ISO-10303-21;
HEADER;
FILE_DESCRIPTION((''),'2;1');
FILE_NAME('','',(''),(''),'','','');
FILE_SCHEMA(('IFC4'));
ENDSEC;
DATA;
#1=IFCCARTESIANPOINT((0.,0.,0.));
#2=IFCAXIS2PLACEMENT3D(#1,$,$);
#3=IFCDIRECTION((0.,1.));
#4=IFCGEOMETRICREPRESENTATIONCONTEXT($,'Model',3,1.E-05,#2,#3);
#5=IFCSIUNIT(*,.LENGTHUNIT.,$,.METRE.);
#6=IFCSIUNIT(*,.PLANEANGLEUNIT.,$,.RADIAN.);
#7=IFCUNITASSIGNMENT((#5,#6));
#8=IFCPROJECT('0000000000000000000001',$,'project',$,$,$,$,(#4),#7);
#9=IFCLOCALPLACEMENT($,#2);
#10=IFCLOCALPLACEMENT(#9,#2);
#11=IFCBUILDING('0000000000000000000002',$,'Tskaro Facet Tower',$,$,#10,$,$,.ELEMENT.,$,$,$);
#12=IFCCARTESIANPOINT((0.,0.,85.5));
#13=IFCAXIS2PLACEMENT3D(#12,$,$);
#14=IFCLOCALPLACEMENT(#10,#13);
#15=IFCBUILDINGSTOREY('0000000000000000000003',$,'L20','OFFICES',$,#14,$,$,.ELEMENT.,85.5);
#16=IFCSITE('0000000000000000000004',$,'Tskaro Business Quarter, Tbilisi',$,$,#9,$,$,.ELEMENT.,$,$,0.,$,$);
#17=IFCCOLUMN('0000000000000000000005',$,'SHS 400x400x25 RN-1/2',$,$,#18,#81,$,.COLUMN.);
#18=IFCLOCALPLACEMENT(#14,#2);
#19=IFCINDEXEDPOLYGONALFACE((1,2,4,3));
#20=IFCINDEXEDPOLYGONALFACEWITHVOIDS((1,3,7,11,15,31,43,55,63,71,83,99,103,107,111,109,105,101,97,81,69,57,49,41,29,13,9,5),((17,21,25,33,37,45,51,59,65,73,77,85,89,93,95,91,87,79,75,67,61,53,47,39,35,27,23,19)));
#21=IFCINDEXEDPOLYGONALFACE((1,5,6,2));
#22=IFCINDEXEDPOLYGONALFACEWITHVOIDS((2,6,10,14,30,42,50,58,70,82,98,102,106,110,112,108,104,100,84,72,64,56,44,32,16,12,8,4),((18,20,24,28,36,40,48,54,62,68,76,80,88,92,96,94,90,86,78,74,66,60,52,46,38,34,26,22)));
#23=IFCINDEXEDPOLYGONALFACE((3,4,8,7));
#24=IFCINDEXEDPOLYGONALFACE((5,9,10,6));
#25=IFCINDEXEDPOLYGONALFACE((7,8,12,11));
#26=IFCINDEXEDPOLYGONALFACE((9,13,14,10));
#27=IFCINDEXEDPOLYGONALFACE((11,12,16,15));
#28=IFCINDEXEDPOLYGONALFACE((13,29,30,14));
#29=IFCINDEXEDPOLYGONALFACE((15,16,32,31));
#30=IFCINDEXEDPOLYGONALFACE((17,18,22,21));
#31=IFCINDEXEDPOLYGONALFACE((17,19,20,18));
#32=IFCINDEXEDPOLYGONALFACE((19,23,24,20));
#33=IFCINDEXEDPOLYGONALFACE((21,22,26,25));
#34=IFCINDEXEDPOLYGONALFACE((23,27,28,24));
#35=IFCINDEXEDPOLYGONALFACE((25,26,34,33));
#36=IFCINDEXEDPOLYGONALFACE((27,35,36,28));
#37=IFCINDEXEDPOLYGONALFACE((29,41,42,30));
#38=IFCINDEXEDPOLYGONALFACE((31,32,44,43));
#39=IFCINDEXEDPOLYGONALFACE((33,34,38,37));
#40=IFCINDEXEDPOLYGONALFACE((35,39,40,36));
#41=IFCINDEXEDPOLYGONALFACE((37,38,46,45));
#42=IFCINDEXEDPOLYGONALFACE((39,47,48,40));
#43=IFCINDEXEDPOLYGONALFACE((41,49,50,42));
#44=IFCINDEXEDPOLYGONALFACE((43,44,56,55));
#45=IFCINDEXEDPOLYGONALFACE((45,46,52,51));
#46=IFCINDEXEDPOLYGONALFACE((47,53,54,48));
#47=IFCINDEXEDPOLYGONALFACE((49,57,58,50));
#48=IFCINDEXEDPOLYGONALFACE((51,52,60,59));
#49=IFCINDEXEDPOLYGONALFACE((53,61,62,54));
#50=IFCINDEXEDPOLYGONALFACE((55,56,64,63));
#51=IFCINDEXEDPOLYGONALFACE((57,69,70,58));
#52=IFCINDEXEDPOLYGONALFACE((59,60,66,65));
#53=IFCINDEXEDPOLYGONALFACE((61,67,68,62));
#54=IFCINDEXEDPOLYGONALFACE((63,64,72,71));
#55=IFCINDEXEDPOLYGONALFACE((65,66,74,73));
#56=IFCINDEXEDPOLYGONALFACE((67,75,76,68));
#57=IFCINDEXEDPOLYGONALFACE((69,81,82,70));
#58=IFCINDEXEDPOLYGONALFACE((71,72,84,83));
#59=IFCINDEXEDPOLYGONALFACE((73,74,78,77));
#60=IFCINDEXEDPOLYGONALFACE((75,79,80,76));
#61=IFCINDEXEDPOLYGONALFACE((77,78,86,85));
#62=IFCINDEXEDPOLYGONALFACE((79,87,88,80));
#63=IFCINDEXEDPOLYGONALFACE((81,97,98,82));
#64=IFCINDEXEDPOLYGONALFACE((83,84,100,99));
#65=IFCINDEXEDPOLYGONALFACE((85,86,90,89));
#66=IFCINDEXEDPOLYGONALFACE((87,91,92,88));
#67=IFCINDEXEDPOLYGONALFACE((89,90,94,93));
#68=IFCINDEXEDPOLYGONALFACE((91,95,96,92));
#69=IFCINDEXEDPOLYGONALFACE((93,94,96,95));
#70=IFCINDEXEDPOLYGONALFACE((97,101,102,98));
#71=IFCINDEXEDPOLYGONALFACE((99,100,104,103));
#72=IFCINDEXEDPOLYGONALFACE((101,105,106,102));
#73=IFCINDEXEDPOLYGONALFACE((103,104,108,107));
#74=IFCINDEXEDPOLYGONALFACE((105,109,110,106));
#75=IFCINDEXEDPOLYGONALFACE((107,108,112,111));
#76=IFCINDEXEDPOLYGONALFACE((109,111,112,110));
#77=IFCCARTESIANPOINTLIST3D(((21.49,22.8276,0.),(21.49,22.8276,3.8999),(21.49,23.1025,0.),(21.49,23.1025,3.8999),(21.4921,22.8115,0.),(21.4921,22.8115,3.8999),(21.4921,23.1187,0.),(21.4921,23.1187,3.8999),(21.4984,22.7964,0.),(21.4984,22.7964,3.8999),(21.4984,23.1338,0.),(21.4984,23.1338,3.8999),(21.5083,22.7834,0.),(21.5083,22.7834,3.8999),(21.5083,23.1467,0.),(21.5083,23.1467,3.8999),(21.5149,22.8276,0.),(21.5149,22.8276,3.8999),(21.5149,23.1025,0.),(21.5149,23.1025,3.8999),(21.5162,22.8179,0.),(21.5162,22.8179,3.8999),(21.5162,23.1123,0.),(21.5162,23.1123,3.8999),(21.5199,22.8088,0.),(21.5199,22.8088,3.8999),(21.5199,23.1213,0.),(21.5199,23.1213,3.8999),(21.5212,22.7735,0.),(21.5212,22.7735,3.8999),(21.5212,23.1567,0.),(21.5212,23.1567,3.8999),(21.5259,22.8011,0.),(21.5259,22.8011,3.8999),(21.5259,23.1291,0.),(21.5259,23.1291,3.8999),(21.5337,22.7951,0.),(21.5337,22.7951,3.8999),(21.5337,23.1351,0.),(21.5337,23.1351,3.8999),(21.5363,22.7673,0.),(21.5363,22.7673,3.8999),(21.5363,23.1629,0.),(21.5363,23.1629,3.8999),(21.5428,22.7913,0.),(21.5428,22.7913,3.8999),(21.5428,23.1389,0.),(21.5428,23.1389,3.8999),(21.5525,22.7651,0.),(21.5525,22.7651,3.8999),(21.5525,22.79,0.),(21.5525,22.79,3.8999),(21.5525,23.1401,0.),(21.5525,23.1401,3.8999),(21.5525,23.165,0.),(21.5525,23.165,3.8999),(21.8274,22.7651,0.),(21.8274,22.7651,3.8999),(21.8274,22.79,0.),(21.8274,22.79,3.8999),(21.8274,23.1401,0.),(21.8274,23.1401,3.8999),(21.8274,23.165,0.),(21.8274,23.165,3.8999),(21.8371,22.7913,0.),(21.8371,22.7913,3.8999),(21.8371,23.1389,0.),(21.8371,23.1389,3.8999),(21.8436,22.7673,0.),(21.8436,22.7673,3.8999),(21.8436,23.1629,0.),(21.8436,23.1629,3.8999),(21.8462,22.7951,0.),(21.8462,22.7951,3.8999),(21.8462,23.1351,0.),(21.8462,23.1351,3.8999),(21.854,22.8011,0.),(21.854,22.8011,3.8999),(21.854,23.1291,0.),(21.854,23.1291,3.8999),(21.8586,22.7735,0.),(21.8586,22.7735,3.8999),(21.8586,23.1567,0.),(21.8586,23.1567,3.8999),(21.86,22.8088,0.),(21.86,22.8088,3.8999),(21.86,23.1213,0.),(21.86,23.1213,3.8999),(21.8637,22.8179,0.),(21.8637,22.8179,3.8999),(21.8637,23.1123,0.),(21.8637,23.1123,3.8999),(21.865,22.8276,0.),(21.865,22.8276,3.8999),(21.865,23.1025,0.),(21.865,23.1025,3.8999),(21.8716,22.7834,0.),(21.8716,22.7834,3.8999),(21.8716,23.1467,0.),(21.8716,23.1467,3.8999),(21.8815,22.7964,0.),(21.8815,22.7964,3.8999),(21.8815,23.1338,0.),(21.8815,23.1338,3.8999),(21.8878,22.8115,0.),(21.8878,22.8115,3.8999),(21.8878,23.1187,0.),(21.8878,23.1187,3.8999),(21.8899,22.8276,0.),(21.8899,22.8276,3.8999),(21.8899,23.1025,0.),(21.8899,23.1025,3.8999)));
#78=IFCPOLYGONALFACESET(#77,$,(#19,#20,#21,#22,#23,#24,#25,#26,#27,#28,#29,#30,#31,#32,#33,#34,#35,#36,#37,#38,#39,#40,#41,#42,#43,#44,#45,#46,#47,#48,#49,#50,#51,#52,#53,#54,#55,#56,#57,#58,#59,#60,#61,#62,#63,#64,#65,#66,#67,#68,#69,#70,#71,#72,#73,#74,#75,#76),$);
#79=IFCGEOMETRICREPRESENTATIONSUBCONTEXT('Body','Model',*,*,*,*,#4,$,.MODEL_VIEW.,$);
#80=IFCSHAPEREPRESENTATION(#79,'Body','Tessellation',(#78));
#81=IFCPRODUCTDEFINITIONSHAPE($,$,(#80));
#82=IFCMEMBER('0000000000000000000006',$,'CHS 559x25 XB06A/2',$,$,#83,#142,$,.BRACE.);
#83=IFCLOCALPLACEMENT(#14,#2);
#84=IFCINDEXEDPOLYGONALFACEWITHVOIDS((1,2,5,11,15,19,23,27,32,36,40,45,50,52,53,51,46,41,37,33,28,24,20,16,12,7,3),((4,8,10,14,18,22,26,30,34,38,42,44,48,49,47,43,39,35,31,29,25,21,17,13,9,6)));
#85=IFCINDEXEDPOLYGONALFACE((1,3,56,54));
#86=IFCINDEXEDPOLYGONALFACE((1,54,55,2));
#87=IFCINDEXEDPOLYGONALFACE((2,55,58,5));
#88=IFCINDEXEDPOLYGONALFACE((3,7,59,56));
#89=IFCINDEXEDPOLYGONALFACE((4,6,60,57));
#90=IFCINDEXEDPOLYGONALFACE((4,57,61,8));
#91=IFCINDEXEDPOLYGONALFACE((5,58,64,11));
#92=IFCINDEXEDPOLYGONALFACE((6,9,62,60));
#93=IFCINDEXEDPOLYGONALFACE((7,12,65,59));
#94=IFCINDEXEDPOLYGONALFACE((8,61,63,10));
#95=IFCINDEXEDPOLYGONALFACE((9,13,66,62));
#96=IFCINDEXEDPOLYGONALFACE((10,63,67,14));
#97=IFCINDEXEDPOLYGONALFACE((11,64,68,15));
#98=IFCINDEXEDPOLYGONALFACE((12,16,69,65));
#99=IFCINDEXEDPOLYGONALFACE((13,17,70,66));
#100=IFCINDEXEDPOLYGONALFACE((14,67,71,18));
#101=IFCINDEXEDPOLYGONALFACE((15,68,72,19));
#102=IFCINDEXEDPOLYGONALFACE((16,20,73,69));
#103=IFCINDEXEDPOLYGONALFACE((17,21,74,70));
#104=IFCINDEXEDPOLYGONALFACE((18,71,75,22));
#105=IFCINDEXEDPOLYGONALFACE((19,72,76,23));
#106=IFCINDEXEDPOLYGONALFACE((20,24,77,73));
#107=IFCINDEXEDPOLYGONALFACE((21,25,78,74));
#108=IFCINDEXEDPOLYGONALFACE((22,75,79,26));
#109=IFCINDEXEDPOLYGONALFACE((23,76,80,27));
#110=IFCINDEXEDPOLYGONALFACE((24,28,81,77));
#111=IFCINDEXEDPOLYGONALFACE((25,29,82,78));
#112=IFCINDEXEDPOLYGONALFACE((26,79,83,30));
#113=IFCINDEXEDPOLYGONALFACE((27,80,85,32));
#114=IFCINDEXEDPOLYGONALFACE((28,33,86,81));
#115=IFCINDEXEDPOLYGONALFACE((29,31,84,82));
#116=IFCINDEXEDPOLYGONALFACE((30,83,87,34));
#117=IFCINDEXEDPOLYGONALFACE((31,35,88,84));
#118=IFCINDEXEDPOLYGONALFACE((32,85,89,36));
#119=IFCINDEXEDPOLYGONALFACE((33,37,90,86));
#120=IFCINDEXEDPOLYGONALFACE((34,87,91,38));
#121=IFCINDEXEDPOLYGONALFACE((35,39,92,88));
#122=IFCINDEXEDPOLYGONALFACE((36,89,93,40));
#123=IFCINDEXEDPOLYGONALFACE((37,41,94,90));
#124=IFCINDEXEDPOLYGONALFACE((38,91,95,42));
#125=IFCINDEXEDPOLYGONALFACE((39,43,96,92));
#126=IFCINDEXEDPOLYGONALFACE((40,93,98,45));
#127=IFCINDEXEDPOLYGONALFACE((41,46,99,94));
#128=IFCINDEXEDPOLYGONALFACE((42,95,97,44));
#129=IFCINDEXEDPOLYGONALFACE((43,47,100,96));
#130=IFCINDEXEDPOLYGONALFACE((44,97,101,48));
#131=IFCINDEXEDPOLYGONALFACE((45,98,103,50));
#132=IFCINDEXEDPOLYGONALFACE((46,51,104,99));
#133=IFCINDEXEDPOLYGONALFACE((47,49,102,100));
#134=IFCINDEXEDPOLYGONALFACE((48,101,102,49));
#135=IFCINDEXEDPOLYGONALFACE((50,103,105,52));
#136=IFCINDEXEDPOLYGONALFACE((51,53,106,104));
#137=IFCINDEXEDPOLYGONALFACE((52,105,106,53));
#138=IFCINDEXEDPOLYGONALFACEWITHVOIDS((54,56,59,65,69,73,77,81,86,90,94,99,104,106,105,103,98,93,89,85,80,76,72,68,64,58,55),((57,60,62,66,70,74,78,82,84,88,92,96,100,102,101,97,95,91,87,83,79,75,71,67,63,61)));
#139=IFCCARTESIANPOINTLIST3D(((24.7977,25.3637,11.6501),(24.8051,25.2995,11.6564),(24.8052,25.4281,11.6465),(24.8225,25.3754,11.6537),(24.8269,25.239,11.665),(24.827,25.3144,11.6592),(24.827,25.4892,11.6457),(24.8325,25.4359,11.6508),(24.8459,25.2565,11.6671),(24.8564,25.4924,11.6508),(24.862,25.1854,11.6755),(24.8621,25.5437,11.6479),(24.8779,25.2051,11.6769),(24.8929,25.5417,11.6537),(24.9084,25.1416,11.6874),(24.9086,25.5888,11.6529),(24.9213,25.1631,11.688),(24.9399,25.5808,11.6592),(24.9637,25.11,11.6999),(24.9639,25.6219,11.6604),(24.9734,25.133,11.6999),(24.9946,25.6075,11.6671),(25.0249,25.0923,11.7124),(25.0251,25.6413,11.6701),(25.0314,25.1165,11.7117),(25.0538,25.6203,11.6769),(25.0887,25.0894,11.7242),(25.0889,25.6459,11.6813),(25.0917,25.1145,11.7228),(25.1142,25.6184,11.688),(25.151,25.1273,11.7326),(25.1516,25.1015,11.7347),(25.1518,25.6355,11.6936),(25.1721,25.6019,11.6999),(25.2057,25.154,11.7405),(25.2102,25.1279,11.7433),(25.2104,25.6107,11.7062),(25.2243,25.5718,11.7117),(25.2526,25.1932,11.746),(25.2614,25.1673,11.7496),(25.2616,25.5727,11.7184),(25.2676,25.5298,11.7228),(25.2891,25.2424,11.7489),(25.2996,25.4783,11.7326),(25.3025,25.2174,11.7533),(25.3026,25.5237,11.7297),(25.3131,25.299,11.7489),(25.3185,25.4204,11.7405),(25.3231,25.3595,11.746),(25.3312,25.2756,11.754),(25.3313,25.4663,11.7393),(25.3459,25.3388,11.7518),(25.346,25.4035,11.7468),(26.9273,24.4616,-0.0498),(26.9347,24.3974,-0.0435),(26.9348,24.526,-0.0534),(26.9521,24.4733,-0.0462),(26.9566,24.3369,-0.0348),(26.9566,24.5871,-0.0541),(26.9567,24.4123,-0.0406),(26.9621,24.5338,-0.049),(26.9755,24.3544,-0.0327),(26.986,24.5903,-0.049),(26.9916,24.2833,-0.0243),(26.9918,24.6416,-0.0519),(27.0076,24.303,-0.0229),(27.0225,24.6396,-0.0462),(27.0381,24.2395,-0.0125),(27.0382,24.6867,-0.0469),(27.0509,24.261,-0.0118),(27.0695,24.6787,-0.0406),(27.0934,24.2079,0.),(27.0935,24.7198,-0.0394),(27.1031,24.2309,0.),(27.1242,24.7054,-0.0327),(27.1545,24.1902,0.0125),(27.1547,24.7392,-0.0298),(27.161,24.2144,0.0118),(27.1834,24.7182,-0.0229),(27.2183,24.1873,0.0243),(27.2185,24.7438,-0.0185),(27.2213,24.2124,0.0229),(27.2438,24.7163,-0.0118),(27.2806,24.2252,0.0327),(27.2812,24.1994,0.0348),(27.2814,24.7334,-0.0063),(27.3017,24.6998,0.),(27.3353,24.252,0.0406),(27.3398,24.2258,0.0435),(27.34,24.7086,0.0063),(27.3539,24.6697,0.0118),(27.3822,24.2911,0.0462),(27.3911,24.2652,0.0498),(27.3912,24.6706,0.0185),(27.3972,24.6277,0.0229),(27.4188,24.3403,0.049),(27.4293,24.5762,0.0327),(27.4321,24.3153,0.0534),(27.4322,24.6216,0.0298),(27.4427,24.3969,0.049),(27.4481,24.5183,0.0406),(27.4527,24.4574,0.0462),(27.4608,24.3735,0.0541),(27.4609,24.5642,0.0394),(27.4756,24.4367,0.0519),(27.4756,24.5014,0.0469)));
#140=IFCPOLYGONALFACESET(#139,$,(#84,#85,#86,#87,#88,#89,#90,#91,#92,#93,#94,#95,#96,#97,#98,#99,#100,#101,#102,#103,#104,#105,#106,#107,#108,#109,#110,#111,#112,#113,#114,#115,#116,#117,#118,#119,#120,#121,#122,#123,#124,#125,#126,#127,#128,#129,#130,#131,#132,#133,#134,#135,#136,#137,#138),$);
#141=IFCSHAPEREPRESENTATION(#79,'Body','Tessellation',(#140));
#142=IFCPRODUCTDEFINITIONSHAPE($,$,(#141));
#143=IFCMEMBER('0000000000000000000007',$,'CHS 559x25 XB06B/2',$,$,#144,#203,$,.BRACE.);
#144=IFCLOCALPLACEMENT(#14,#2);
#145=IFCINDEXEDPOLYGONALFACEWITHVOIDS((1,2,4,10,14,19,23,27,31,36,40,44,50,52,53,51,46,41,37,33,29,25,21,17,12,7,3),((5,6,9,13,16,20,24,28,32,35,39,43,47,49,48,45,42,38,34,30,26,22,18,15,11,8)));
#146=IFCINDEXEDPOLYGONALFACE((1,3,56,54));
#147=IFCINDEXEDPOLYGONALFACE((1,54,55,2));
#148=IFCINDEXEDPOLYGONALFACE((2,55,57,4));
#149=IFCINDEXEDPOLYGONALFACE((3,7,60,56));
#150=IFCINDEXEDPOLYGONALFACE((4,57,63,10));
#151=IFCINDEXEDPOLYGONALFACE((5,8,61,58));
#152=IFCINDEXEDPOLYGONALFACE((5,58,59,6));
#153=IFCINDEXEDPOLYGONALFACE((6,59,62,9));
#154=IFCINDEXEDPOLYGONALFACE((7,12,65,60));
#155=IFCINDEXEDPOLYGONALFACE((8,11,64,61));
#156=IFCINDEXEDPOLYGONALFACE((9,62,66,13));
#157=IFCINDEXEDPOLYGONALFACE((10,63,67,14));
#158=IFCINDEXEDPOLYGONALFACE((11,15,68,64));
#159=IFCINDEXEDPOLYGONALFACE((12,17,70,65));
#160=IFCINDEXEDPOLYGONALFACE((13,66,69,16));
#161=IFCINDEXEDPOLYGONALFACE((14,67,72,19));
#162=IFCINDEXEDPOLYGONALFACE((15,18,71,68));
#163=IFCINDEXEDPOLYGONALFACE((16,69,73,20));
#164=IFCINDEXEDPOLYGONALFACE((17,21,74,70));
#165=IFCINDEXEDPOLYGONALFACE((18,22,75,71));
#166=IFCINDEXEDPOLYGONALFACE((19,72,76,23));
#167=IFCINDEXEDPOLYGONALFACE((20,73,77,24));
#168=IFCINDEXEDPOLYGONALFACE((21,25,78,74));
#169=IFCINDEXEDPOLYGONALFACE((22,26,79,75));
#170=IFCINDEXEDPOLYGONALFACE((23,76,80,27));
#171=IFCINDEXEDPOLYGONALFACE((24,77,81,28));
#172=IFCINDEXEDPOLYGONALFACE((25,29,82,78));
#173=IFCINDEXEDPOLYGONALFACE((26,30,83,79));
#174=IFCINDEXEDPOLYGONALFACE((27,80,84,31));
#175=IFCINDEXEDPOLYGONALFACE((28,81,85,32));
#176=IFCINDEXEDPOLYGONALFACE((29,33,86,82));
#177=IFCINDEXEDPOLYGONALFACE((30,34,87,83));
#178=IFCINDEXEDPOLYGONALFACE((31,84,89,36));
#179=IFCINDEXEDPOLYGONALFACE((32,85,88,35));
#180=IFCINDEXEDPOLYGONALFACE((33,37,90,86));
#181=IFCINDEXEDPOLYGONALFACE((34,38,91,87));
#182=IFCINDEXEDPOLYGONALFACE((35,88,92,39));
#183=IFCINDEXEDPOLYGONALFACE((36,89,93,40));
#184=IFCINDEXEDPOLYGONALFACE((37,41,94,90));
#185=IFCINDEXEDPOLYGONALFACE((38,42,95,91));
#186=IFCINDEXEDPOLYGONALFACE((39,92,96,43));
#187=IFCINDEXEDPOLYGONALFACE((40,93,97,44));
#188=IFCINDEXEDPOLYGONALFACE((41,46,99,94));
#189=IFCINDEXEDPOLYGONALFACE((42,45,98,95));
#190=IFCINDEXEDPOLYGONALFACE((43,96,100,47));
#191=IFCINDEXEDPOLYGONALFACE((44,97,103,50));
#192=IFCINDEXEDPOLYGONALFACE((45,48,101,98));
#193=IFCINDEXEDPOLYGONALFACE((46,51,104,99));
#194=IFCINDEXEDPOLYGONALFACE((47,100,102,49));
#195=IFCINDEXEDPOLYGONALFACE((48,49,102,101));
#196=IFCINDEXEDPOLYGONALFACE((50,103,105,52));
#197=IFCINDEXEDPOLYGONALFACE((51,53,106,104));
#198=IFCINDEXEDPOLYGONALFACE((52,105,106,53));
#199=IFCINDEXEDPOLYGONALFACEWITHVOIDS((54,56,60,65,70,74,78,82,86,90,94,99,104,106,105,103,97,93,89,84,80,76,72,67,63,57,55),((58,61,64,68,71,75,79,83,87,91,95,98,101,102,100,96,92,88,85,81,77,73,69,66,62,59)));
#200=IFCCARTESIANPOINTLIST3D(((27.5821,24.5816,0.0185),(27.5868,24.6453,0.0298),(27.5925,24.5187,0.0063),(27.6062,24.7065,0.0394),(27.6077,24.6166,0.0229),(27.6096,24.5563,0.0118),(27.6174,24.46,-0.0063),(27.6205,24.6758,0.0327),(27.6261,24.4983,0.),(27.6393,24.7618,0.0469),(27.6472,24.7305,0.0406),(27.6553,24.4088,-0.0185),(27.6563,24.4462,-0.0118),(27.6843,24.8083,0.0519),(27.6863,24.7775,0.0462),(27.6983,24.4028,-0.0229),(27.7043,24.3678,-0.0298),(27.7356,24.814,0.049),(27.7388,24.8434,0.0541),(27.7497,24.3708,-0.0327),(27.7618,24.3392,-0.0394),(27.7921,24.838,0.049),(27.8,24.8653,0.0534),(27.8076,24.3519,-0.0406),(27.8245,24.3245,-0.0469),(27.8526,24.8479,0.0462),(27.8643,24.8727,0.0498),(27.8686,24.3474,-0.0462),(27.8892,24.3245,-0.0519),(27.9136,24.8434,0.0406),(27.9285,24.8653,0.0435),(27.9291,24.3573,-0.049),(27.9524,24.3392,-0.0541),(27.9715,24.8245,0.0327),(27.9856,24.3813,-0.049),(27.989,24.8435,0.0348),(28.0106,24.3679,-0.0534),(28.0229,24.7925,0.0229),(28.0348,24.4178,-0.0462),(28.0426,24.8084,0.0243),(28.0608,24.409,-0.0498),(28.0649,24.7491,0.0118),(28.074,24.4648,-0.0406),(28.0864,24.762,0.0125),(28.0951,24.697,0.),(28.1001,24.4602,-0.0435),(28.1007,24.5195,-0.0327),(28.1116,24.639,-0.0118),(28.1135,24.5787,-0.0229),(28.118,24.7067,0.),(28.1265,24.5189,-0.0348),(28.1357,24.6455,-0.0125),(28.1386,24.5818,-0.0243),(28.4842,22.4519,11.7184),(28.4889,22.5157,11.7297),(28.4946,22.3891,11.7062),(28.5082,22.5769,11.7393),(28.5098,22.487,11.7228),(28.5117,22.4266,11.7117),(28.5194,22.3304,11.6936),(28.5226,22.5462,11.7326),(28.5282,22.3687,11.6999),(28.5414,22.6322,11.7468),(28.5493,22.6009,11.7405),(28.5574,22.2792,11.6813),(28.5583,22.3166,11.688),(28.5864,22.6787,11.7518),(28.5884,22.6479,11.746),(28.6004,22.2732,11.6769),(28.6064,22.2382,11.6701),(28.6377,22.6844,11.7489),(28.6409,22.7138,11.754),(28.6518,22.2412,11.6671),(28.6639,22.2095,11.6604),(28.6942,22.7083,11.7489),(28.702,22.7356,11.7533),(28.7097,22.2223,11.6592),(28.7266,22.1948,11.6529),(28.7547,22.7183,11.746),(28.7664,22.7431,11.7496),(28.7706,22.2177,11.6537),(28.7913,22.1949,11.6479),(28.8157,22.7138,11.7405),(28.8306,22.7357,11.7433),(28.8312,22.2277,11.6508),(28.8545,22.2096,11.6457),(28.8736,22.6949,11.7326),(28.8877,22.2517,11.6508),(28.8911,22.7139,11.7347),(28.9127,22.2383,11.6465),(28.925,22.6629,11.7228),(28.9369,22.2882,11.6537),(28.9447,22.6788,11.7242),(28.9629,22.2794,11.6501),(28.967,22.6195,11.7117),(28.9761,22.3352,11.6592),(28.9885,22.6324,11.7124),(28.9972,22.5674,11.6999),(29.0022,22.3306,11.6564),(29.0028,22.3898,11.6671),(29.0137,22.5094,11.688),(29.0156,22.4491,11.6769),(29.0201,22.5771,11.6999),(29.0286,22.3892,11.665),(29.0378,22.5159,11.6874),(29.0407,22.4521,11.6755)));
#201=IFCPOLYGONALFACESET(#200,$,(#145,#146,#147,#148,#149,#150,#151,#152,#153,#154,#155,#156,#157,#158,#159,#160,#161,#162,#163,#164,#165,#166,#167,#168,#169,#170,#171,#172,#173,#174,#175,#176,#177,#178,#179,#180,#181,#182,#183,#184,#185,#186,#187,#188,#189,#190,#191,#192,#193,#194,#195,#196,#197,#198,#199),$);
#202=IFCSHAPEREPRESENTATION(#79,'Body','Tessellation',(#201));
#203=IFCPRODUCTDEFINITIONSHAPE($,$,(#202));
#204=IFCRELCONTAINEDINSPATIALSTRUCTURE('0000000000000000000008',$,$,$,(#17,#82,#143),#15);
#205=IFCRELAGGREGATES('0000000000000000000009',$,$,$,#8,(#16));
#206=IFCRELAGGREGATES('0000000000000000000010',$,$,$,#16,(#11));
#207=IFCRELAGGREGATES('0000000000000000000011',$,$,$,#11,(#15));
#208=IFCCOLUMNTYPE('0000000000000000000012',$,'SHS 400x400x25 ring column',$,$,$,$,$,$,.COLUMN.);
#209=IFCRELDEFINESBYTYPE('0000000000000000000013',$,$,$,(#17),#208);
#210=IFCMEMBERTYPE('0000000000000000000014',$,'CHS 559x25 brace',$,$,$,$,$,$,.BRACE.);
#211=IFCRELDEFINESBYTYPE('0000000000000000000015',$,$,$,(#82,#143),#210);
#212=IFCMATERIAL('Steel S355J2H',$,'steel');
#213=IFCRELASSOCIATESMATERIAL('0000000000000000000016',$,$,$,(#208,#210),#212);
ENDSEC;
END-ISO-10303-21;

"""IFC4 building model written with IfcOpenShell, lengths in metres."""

from ifc_helpers import new_model, si_unit, direction, frame, origin, origin_2d, place, context, subcontext, project, spatial, hollow_rectangle, hollow_circle, extrude, material, material_profile, profile_set, type_object, element, save


model = new_model("IFC4")

# Units and contexts
model_context = context("Model", 3, precision=1e-05, world=origin(), true_north=direction((0.0, 1.0)))
body_context = subcontext(model_context, "Body", "Model", "MODEL_VIEW")
ifc_project = project(units=[si_unit("LENGTHUNIT", "METRE"), si_unit("PLANEANGLEUNIT", "RADIAN")], contexts=[model_context])

# Site, building, storey
site_placement = place(None, origin())
site = spatial("IfcSite", under=ifc_project, at=site_placement, Name="Tskaro Business Quarter, Tbilisi", CompositionType="ELEMENT", RefElevation=0.0)
building_placement = place(site_placement, origin())
building = spatial("IfcBuilding", under=site, at=building_placement, Name="Tskaro Facet Tower", CompositionType="ELEMENT")
storey_placement = place(building_placement, frame((0.0, 0.0, 85.5)))
storey = spatial("IfcBuildingStorey", under=building, at=storey_placement, Name="L20", Description="OFFICES", CompositionType="ELEMENT", Elevation=85.5)

# Column
ifc_material_1 = material(Name="Steel S355J2H", Category="steel")
ifc_material_profile_1 = material_profile(ifc_material_1, hollow_rectangle(XDim=0.3999, YDim=0.3999, WallThickness=0.0249, InnerFilletRadius=0.0376, OuterFilletRadius=0.0625, at=origin_2d()), Name="SHS 400x400x25")
ifc_profile_set_1 = profile_set([ifc_material_profile_1], Name="Steel S355J2H")
column_type_1 = type_object("IfcColumnType", Name="SHS 400x400x25 ring column", PredefinedType="COLUMN", material=ifc_profile_set_1)
for number, where, z_axis, x_axis, name in (
    (1, (21.6899, 22.9651, 0.0), (0.0, 0.0, 1.0), (1.0, 0.0, 0.0), "SHS 400x400x25 RN-1/2"),
):
    element("IfcColumn", number, at=place(storey_placement, frame(where, z_axis=z_axis, x_axis=x_axis)), inside=storey, type_object=column_type_1, Name=name, PredefinedType="COLUMN", context=body_context, shape_type="SweptSolid", body=[
        extrude(hollow_rectangle(XDim=0.3999, YDim=0.3999, WallThickness=0.0249, InnerFilletRadius=0.0376, OuterFilletRadius=0.0625, at=origin_2d()), origin(), (0.0, 0.0, 1.0), 3.8999),
    ])

# Members
ifc_material_profile_2 = material_profile(ifc_material_1, hollow_circle(Radius=0.2795, WallThickness=0.0249, at=origin_2d()), Name="CHS 559x25")
ifc_profile_set_2 = profile_set([ifc_material_profile_2], Name="Steel S355J2H")
member_type_1 = type_object("IfcMemberType", Name="CHS 559x25 brace", PredefinedType="BRACE", material=ifc_profile_set_2)
for number, where, z_axis, x_axis, name in (
    (2, (27.2024, 24.4653, 0.0), (-0.178566, 0.075639, 0.981016), (-0.390043, -0.920797, 0.0), "CHS 559x25 XB06A/2"),
    (3, (27.8606, 24.5977, 0.0), (0.075639, -0.178566, 0.981016), (0.920797, 0.390043, 0.0), "CHS 559x25 XB06B/2"),
):
    element("IfcMember", number, at=place(storey_placement, frame(where, z_axis=z_axis, x_axis=x_axis)), inside=storey, type_object=member_type_1, Name=name, PredefinedType="BRACE", context=body_context, shape_type="SweptSolid", body=[
        extrude(hollow_circle(Radius=0.2795, WallThickness=0.0249, at=origin_2d()), origin(), (0.0, 0.0, 1.0), 11.9263),
    ])

save(model, "model.ifc")
